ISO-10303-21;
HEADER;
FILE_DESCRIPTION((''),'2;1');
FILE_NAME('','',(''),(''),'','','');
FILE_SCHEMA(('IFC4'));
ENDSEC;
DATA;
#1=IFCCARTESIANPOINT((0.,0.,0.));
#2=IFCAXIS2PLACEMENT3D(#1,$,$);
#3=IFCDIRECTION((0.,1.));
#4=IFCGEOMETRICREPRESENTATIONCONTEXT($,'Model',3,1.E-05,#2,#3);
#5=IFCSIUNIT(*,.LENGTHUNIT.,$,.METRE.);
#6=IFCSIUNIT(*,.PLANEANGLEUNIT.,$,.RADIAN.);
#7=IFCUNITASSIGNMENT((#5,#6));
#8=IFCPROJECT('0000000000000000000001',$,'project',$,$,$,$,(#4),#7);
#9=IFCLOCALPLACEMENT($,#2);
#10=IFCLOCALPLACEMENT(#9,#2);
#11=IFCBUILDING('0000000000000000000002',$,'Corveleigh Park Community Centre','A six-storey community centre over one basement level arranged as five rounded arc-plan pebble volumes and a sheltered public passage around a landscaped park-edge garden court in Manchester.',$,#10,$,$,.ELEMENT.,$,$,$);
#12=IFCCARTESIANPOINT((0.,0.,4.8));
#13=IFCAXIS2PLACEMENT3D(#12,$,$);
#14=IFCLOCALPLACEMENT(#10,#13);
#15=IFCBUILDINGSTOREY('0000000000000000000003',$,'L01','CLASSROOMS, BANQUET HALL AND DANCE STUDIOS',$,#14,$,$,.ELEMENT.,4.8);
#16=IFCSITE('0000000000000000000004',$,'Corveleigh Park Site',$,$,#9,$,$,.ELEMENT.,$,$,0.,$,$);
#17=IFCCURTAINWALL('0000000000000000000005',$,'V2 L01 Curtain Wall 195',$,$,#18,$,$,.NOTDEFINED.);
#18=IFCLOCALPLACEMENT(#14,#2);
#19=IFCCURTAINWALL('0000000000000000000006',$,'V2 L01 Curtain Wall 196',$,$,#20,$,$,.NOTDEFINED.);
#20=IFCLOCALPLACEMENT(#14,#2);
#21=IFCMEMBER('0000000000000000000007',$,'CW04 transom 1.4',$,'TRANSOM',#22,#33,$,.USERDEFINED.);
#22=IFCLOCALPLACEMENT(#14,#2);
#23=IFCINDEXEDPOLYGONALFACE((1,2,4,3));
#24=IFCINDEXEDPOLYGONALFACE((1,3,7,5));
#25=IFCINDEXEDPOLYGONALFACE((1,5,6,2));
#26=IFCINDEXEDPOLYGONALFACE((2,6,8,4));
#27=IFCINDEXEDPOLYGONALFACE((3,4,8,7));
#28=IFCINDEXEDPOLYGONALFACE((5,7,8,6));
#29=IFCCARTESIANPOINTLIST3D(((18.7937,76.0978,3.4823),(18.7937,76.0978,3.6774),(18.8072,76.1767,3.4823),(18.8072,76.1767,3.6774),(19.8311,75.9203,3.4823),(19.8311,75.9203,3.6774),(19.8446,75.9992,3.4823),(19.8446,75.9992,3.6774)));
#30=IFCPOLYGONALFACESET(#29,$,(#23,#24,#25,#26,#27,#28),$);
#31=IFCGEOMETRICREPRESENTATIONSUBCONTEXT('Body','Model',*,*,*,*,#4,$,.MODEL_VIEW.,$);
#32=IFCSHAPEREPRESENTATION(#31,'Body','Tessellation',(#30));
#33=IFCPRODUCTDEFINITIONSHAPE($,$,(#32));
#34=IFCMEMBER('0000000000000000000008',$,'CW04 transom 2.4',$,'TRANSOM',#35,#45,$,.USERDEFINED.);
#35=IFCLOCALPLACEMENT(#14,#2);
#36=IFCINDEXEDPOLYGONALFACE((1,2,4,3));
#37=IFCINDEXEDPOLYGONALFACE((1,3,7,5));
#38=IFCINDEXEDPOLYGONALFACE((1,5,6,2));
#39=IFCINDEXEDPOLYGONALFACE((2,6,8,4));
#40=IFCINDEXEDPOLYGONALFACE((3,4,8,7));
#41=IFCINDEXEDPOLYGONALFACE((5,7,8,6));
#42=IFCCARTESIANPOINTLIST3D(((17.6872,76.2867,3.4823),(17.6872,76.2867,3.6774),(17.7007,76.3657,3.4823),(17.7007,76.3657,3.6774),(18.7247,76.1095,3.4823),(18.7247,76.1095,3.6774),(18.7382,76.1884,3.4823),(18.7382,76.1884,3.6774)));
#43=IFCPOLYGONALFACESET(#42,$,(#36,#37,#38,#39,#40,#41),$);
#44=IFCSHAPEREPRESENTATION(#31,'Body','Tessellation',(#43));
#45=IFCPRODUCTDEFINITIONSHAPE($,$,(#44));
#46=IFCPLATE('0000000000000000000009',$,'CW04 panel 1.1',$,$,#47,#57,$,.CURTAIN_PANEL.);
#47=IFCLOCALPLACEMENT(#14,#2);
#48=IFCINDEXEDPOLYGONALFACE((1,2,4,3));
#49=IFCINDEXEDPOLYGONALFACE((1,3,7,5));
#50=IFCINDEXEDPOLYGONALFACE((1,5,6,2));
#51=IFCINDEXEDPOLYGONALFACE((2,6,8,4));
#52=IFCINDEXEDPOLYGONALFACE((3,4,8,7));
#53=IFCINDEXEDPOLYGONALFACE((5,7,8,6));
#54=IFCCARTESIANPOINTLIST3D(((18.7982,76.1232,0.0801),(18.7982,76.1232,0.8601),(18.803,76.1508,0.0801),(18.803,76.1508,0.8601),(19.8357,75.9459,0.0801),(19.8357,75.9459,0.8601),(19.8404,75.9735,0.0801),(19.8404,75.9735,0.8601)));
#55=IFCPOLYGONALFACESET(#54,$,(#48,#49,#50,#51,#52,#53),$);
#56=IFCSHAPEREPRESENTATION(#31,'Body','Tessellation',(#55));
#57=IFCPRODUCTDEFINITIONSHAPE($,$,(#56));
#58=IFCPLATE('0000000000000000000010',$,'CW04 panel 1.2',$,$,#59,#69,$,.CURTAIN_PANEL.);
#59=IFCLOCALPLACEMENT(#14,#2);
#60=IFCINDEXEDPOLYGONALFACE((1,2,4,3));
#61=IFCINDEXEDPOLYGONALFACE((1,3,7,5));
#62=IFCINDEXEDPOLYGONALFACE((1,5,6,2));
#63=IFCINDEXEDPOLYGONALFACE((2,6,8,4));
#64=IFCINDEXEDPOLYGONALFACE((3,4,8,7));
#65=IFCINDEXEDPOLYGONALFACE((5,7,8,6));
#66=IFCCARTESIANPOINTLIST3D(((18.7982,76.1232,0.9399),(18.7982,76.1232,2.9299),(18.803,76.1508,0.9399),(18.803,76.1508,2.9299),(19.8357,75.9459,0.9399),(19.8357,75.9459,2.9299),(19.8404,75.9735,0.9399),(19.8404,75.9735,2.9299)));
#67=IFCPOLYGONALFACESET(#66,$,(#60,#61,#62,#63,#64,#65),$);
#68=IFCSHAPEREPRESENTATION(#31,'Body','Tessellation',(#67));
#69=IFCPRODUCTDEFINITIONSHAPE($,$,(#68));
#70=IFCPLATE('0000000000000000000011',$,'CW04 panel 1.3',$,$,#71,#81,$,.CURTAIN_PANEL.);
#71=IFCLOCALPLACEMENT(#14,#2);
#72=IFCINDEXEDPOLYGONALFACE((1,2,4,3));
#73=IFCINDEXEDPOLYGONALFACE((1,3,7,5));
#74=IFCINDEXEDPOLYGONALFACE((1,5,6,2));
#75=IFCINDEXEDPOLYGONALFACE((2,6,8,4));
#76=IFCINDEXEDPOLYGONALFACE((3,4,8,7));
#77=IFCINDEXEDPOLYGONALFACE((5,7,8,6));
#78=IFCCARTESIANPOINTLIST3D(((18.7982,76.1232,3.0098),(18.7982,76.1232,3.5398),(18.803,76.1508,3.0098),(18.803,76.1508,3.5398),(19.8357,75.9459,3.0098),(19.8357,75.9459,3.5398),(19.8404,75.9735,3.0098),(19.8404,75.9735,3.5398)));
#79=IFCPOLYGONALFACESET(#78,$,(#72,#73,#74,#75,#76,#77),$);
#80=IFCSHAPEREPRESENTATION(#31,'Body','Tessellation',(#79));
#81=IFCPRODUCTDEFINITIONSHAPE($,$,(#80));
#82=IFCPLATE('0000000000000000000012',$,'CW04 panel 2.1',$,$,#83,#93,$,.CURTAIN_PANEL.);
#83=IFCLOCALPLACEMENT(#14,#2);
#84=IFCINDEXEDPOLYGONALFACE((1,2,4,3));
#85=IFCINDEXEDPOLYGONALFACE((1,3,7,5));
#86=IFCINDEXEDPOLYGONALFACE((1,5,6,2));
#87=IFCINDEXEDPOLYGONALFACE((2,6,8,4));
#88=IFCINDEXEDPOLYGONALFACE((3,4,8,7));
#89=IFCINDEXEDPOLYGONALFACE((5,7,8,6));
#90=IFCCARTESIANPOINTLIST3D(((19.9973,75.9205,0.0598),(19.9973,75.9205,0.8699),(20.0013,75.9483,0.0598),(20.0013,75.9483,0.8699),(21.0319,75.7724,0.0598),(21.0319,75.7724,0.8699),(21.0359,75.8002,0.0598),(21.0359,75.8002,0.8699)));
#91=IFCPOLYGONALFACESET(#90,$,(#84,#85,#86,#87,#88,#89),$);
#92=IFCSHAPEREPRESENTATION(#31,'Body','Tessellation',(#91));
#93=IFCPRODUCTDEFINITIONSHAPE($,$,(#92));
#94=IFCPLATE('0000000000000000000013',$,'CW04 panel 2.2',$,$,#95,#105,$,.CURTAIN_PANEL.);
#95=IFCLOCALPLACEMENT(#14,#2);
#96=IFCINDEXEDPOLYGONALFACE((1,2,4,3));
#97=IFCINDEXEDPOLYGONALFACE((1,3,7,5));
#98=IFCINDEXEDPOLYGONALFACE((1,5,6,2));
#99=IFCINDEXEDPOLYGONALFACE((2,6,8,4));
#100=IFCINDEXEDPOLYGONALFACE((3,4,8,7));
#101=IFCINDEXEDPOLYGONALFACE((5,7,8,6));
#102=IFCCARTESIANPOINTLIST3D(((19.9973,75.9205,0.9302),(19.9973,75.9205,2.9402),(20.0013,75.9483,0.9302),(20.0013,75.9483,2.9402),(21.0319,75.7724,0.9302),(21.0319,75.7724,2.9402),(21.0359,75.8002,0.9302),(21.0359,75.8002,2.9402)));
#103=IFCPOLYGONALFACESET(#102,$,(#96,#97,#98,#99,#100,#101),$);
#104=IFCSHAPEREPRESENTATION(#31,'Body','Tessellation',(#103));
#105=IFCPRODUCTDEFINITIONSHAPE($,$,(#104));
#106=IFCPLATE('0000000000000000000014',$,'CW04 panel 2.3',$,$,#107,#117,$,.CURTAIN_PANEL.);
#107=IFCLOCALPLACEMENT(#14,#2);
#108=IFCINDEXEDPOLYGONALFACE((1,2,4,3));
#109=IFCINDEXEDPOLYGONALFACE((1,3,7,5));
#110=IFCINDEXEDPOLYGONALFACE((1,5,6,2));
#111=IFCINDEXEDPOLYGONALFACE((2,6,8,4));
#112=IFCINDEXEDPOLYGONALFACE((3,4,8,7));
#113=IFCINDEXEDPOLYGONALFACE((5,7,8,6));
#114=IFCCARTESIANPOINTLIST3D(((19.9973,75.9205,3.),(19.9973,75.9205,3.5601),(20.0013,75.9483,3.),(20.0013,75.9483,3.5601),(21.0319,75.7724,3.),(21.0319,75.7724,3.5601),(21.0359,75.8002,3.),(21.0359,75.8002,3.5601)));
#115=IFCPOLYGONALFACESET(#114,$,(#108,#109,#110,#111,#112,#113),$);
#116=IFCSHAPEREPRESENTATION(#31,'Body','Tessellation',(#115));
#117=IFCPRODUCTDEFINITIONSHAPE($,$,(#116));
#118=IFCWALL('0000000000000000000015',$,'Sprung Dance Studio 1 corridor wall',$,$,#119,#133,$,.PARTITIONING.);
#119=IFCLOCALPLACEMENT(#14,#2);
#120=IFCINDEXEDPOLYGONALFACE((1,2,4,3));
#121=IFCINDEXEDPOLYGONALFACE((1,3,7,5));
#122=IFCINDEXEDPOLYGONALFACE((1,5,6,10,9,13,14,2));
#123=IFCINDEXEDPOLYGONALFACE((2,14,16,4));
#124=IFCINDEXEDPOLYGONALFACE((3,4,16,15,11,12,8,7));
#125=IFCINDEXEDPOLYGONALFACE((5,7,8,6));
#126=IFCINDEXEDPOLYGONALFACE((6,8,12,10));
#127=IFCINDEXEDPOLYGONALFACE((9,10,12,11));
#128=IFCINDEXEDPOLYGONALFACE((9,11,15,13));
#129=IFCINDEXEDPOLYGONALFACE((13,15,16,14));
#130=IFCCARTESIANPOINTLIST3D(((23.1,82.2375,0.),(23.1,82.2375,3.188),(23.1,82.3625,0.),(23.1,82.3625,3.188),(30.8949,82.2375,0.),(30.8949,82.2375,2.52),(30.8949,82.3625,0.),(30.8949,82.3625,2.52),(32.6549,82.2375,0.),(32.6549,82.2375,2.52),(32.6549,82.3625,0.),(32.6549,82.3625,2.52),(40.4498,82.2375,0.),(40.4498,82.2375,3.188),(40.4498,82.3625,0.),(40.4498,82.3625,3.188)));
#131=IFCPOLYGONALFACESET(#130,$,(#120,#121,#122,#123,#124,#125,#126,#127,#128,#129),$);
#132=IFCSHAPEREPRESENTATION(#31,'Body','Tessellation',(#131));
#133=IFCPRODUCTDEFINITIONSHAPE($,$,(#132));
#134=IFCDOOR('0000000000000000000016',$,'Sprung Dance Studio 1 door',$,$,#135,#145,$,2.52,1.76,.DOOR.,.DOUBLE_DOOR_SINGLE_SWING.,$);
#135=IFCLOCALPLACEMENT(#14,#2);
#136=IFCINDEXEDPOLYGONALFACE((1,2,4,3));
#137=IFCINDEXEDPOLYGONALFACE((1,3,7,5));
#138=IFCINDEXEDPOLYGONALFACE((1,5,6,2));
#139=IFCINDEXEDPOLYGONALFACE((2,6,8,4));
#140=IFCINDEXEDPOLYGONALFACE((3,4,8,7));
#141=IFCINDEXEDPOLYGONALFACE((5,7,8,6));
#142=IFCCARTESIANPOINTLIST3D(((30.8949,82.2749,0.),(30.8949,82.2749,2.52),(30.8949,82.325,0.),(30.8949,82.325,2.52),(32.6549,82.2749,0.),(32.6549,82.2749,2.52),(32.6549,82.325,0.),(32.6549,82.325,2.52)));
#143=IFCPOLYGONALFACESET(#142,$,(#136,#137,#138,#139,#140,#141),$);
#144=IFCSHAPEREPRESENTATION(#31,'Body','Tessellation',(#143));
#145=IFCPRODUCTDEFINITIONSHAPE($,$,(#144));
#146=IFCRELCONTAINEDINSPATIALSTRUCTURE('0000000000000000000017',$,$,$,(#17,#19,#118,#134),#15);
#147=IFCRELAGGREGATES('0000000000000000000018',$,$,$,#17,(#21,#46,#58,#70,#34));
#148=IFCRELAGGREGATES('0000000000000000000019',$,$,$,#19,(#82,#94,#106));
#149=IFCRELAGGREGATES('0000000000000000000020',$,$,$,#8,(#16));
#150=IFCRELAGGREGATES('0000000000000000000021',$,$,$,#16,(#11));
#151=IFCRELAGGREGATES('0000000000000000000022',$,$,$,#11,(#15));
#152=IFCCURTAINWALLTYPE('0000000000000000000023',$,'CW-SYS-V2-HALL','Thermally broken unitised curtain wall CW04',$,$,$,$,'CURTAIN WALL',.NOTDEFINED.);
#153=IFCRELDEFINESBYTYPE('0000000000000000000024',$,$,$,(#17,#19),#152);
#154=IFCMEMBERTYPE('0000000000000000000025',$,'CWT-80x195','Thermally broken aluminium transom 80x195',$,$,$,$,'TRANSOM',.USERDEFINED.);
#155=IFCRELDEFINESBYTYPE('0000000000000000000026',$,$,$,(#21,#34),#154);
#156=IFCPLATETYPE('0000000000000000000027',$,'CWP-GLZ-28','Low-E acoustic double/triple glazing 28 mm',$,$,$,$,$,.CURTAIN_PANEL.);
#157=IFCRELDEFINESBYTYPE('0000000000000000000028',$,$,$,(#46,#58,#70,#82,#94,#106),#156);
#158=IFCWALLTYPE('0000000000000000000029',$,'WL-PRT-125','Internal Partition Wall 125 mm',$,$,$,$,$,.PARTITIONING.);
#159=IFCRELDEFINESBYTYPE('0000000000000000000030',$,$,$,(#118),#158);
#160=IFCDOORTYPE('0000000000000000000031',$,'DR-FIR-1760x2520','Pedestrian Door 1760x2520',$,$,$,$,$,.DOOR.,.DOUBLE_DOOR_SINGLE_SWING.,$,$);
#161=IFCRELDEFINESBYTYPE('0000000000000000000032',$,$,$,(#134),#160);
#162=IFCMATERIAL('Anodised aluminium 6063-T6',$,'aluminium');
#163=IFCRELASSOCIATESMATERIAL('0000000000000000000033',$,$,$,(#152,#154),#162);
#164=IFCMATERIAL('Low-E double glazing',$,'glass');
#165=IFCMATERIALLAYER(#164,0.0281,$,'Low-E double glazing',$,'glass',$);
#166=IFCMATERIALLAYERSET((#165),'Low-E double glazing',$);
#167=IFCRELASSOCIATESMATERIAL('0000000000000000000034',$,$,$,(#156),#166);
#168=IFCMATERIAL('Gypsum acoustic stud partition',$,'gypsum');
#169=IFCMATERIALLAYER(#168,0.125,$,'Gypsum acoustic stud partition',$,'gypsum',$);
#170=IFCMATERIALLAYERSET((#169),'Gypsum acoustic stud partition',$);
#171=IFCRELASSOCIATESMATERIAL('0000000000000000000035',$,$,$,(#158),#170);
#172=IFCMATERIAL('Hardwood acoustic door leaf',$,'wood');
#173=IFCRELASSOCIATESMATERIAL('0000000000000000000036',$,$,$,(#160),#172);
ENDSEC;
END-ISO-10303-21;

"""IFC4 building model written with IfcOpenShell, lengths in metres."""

from ifc_helpers import new_model, si_unit, direction, frame, frame_2d, origin, origin_2d, place, context, subcontext, project, spatial, rectangle, extrude, material, layer, layer_set, material_profile, profile_set, type_object, element, fill, aggregate, save


model = new_model("IFC4")

# Units and contexts
model_context = context("Model", 3, precision=1e-05, world=origin(), true_north=direction((0.0, 1.0)))
body_context = subcontext(model_context, "Body", "Model", "MODEL_VIEW")
ifc_project = project(units=[si_unit("LENGTHUNIT", "METRE"), si_unit("PLANEANGLEUNIT", "RADIAN")], contexts=[model_context])

# Site, building, storey
site_placement = place(None, origin())
site = spatial("IfcSite", under=ifc_project, at=site_placement, Name="Corveleigh Park Site", CompositionType="ELEMENT", RefElevation=0.0)
building_placement = place(site_placement, origin())
building = spatial("IfcBuilding", under=site, at=building_placement, Name="Corveleigh Park Community Centre", Description="A six-storey community centre over one basement level arranged as five rounded arc-plan pebble volumes and a sheltered public passage around a landscaped park-edge garden court in Manchester.", CompositionType="ELEMENT")
storey_placement = place(building_placement, frame((0.0, 0.0, 4.8)))
storey = spatial("IfcBuildingStorey", under=building, at=storey_placement, Name="L01", Description="CLASSROOMS, BANQUET HALL AND DANCE STUDIOS", CompositionType="ELEMENT", Elevation=4.8)

# Curtain walls
ifc_material_1 = material(Name="Anodised aluminium 6063-T6", Category="aluminium")
curtain_wall_type = type_object("IfcCurtainWallType", Name="CW-SYS-V2-HALL", Description="Thermally broken unitised curtain wall CW04", ElementType="CURTAIN WALL", PredefinedType="NOTDEFINED", material=ifc_material_1)
curtain_wall_1_placement = place(storey_placement, origin())
curtain_wall_1 = element("IfcCurtainWall", 1, at=curtain_wall_1_placement, inside=storey, type_object=curtain_wall_type, Name="V2 L01 Curtain Wall 195", PredefinedType="NOTDEFINED")
curtain_wall_2_placement = place(storey_placement, origin())
curtain_wall_2 = element("IfcCurtainWall", 2, at=curtain_wall_2_placement, inside=storey, type_object=curtain_wall_type, Name="V2 L01 Curtain Wall 196", PredefinedType="NOTDEFINED")

# Members
ifc_material_profile_1 = material_profile(ifc_material_1, rectangle(XDim=0.0801, YDim=0.1951, at=origin_2d()), Name="ALU-T80x195", Category="aluminium")
ifc_profile_set_1 = profile_set([ifc_material_profile_1], Name="Anodised aluminium 6063-T6")
member_type_1 = type_object("IfcMemberType", Name="CWT-80x195", Description="Thermally broken aluminium transom 80x195", ElementType="TRANSOM", PredefinedType="USERDEFINED", material=ifc_profile_set_1)
member_1_placement = place(storey_placement, frame((19.8379, 75.9597, 3.5798), z_axis=(-0.985676, 0.168648, 0.0), x_axis=(-0.168648, -0.985676, 0.0)))
member_1 = element("IfcMember", 3, at=member_1_placement, type_object=member_type_1, Name="CW04 transom 1.4", ObjectType="TRANSOM", PredefinedType="USERDEFINED", context=body_context, shape_type="SweptSolid", body=[
    extrude(rectangle(XDim=0.0801, YDim=0.1951, at=origin_2d()), origin(), (0.0, 0.0, 1.0), 1.0525),
])
member_2_placement = place(storey_placement, frame((18.7314, 76.1489, 3.5798), z_axis=(-0.985715, 0.168423, 0.0), x_axis=(-0.168423, -0.985715, 0.0)))
member_2 = element("IfcMember", 4, at=member_2_placement, type_object=member_type_1, Name="CW04 transom 2.4", ObjectType="TRANSOM", PredefinedType="USERDEFINED", context=body_context, shape_type="SweptSolid", body=[
    extrude(rectangle(XDim=0.0801, YDim=0.1951, at=origin_2d()), origin(), (0.0, 0.0, 1.0), 1.0525),
])

# Plates
ifc_material_2 = material(Name="Low-E double glazing", Category="glass")
ifc_layer_1 = layer(ifc_material_2, 0.0281, Name="Low-E double glazing", Category="glass")
ifc_layer_set_1 = layer_set([ifc_layer_1], Name="Low-E double glazing")
plate_type = type_object("IfcPlateType", Name="CWP-GLZ-28", Description="Low-E acoustic double/triple glazing 28 mm", PredefinedType="CURTAIN_PANEL", material=ifc_layer_set_1)
plate_1_placement = place(storey_placement, frame((19.3193, 76.0483, 0.0801), z_axis=(0.0, 0.0, 1.0), x_axis=(-0.985708, 0.16846, 0.0)))
plate_1 = element("IfcPlate", 5, at=plate_1_placement, type_object=plate_type, Name="CW04 panel 1.1", PredefinedType="CURTAIN_PANEL", context=body_context, shape_type="SweptSolid", body=[
    extrude(rectangle(XDim=1.0525, YDim=0.0281, at=origin_2d()), origin(), (0.0, 0.0, 1.0), 0.78),
])
plate_2_placement = place(storey_placement, frame((19.3193, 76.0483, 0.9399), z_axis=(0.0, 0.0, 1.0), x_axis=(-0.985708, 0.16846, 0.0)))
plate_2 = element("IfcPlate", 6, at=plate_2_placement, type_object=plate_type, Name="CW04 panel 1.2", PredefinedType="CURTAIN_PANEL", context=body_context, shape_type="SweptSolid", body=[
    extrude(rectangle(XDim=1.0525, YDim=0.0281, at=origin_2d()), origin(), (0.0, 0.0, 1.0), 1.99),
])
plate_3_placement = place(storey_placement, frame((19.3193, 76.0483, 3.0098), z_axis=(0.0, 0.0, 1.0), x_axis=(-0.985708, 0.16846, 0.0)))
plate_3 = element("IfcPlate", 7, at=plate_3_placement, type_object=plate_type, Name="CW04 panel 1.3", PredefinedType="CURTAIN_PANEL", context=body_context, shape_type="SweptSolid", body=[
    extrude(rectangle(XDim=1.0525, YDim=0.0281, at=origin_2d()), origin(), (0.0, 0.0, 1.0), 0.53),
])
aggregate(curtain_wall_1, [member_1, plate_1, plate_2, plate_3, member_2])
plate_4_placement = place(storey_placement, frame((20.5166, 75.8604, 0.0598), z_axis=(0.0, 0.0, 1.0), x_axis=(-0.989915, 0.141663, 0.0)))
plate_4 = element("IfcPlate", 8, at=plate_4_placement, type_object=plate_type, Name="CW04 panel 2.1", PredefinedType="CURTAIN_PANEL", context=body_context, shape_type="SweptSolid", body=[
    extrude(rectangle(XDim=1.0452, YDim=0.0281, at=origin_2d()), origin(), (0.0, 0.0, 1.0), 0.8101),
])
plate_5_placement = place(storey_placement, frame((20.5166, 75.8604, 0.9302), z_axis=(0.0, 0.0, 1.0), x_axis=(-0.989915, 0.141663, 0.0)))
plate_5 = element("IfcPlate", 9, at=plate_5_placement, type_object=plate_type, Name="CW04 panel 2.2", PredefinedType="CURTAIN_PANEL", context=body_context, shape_type="SweptSolid", body=[
    extrude(rectangle(XDim=1.0452, YDim=0.0281, at=origin_2d()), origin(), (0.0, 0.0, 1.0), 2.01),
])
plate_6_placement = place(storey_placement, frame((20.5166, 75.8604, 3.0), z_axis=(0.0, 0.0, 1.0), x_axis=(-0.989915, 0.141663, 0.0)))
plate_6 = element("IfcPlate", 10, at=plate_6_placement, type_object=plate_type, Name="CW04 panel 2.3", PredefinedType="CURTAIN_PANEL", context=body_context, shape_type="SweptSolid", body=[
    extrude(rectangle(XDim=1.0452, YDim=0.0281, at=origin_2d()), origin(), (0.0, 0.0, 1.0), 0.5601),
])
aggregate(curtain_wall_2, [plate_4, plate_5, plate_6])

# Wall, opening, door
ifc_material_3 = material(Name="Gypsum acoustic stud partition", Category="gypsum")
ifc_layer_2 = layer(ifc_material_3, 0.125, Name="Gypsum acoustic stud partition", Category="gypsum")
ifc_layer_set_2 = layer_set([ifc_layer_2], Name="Gypsum acoustic stud partition")
wall_type = type_object("IfcWallType", Name="WL-PRT-125", Description="Internal Partition Wall 125 mm", PredefinedType="PARTITIONING", material=ifc_layer_set_2)
wall_placement = place(storey_placement, frame((23.1001, 82.3, 0.0), z_axis=(0.0, 0.0, 1.0), x_axis=(1.0, 0.0, 0.0)))
wall = element("IfcWall", 11, at=wall_placement, inside=storey, type_object=wall_type, Name="Sprung Dance Studio 1 corridor wall", PredefinedType="PARTITIONING", context=body_context, shape_type="SweptSolid", body=[
    extrude(rectangle(XDim=17.3499, YDim=0.125, at=frame_2d((8.6748, 0.0))), origin(), (0.0, 0.0, 1.0), 3.188),
])
opening_placement = place(wall_placement, frame((7.7949, 0.0, 0.0)))
opening = element("IfcOpeningElement", 12, at=opening_placement, cuts=wall, PredefinedType="OPENING", context=body_context, shape_type="SweptSolid", body=[
    extrude(rectangle(XDim=1.76, YDim=2.52, at=frame_2d((0.8799, 1.26))), frame((0.0, 0.0725, 0.0), z_axis=(0.0, -1.0, 0.0), x_axis=(1.0, 0.0, 0.0)), (0.0, 0.0, 1.0), 0.145),
])
ifc_material_4 = material(Name="Hardwood acoustic door leaf", Category="wood")
door_type = type_object("IfcDoorType", Name="DR-FIR-1760x2520", Description="Pedestrian Door 1760x2520", OperationType="DOUBLE_DOOR_SINGLE_SWING", PredefinedType="DOOR", material=ifc_material_4)
door_placement = place(opening_placement, origin())
door = element("IfcDoor", 13, at=door_placement, inside=storey, type_object=door_type, Name="Sprung Dance Studio 1 door", OperationType="DOUBLE_DOOR_SINGLE_SWING", OverallHeight=2.52, OverallWidth=1.76, PredefinedType="DOOR", context=body_context, shape_type="SweptSolid", body=[
    extrude(rectangle(XDim=1.76, YDim=2.52, at=frame_2d((0.8799, 1.26))), frame((0.0, 0.0249, 0.0), z_axis=(0.0, -1.0, 0.0), x_axis=(1.0, 0.0, 0.0)), (0.0, 0.0, 1.0), 0.05),
])
fill(opening, door)

save(model, "model.ifc")
